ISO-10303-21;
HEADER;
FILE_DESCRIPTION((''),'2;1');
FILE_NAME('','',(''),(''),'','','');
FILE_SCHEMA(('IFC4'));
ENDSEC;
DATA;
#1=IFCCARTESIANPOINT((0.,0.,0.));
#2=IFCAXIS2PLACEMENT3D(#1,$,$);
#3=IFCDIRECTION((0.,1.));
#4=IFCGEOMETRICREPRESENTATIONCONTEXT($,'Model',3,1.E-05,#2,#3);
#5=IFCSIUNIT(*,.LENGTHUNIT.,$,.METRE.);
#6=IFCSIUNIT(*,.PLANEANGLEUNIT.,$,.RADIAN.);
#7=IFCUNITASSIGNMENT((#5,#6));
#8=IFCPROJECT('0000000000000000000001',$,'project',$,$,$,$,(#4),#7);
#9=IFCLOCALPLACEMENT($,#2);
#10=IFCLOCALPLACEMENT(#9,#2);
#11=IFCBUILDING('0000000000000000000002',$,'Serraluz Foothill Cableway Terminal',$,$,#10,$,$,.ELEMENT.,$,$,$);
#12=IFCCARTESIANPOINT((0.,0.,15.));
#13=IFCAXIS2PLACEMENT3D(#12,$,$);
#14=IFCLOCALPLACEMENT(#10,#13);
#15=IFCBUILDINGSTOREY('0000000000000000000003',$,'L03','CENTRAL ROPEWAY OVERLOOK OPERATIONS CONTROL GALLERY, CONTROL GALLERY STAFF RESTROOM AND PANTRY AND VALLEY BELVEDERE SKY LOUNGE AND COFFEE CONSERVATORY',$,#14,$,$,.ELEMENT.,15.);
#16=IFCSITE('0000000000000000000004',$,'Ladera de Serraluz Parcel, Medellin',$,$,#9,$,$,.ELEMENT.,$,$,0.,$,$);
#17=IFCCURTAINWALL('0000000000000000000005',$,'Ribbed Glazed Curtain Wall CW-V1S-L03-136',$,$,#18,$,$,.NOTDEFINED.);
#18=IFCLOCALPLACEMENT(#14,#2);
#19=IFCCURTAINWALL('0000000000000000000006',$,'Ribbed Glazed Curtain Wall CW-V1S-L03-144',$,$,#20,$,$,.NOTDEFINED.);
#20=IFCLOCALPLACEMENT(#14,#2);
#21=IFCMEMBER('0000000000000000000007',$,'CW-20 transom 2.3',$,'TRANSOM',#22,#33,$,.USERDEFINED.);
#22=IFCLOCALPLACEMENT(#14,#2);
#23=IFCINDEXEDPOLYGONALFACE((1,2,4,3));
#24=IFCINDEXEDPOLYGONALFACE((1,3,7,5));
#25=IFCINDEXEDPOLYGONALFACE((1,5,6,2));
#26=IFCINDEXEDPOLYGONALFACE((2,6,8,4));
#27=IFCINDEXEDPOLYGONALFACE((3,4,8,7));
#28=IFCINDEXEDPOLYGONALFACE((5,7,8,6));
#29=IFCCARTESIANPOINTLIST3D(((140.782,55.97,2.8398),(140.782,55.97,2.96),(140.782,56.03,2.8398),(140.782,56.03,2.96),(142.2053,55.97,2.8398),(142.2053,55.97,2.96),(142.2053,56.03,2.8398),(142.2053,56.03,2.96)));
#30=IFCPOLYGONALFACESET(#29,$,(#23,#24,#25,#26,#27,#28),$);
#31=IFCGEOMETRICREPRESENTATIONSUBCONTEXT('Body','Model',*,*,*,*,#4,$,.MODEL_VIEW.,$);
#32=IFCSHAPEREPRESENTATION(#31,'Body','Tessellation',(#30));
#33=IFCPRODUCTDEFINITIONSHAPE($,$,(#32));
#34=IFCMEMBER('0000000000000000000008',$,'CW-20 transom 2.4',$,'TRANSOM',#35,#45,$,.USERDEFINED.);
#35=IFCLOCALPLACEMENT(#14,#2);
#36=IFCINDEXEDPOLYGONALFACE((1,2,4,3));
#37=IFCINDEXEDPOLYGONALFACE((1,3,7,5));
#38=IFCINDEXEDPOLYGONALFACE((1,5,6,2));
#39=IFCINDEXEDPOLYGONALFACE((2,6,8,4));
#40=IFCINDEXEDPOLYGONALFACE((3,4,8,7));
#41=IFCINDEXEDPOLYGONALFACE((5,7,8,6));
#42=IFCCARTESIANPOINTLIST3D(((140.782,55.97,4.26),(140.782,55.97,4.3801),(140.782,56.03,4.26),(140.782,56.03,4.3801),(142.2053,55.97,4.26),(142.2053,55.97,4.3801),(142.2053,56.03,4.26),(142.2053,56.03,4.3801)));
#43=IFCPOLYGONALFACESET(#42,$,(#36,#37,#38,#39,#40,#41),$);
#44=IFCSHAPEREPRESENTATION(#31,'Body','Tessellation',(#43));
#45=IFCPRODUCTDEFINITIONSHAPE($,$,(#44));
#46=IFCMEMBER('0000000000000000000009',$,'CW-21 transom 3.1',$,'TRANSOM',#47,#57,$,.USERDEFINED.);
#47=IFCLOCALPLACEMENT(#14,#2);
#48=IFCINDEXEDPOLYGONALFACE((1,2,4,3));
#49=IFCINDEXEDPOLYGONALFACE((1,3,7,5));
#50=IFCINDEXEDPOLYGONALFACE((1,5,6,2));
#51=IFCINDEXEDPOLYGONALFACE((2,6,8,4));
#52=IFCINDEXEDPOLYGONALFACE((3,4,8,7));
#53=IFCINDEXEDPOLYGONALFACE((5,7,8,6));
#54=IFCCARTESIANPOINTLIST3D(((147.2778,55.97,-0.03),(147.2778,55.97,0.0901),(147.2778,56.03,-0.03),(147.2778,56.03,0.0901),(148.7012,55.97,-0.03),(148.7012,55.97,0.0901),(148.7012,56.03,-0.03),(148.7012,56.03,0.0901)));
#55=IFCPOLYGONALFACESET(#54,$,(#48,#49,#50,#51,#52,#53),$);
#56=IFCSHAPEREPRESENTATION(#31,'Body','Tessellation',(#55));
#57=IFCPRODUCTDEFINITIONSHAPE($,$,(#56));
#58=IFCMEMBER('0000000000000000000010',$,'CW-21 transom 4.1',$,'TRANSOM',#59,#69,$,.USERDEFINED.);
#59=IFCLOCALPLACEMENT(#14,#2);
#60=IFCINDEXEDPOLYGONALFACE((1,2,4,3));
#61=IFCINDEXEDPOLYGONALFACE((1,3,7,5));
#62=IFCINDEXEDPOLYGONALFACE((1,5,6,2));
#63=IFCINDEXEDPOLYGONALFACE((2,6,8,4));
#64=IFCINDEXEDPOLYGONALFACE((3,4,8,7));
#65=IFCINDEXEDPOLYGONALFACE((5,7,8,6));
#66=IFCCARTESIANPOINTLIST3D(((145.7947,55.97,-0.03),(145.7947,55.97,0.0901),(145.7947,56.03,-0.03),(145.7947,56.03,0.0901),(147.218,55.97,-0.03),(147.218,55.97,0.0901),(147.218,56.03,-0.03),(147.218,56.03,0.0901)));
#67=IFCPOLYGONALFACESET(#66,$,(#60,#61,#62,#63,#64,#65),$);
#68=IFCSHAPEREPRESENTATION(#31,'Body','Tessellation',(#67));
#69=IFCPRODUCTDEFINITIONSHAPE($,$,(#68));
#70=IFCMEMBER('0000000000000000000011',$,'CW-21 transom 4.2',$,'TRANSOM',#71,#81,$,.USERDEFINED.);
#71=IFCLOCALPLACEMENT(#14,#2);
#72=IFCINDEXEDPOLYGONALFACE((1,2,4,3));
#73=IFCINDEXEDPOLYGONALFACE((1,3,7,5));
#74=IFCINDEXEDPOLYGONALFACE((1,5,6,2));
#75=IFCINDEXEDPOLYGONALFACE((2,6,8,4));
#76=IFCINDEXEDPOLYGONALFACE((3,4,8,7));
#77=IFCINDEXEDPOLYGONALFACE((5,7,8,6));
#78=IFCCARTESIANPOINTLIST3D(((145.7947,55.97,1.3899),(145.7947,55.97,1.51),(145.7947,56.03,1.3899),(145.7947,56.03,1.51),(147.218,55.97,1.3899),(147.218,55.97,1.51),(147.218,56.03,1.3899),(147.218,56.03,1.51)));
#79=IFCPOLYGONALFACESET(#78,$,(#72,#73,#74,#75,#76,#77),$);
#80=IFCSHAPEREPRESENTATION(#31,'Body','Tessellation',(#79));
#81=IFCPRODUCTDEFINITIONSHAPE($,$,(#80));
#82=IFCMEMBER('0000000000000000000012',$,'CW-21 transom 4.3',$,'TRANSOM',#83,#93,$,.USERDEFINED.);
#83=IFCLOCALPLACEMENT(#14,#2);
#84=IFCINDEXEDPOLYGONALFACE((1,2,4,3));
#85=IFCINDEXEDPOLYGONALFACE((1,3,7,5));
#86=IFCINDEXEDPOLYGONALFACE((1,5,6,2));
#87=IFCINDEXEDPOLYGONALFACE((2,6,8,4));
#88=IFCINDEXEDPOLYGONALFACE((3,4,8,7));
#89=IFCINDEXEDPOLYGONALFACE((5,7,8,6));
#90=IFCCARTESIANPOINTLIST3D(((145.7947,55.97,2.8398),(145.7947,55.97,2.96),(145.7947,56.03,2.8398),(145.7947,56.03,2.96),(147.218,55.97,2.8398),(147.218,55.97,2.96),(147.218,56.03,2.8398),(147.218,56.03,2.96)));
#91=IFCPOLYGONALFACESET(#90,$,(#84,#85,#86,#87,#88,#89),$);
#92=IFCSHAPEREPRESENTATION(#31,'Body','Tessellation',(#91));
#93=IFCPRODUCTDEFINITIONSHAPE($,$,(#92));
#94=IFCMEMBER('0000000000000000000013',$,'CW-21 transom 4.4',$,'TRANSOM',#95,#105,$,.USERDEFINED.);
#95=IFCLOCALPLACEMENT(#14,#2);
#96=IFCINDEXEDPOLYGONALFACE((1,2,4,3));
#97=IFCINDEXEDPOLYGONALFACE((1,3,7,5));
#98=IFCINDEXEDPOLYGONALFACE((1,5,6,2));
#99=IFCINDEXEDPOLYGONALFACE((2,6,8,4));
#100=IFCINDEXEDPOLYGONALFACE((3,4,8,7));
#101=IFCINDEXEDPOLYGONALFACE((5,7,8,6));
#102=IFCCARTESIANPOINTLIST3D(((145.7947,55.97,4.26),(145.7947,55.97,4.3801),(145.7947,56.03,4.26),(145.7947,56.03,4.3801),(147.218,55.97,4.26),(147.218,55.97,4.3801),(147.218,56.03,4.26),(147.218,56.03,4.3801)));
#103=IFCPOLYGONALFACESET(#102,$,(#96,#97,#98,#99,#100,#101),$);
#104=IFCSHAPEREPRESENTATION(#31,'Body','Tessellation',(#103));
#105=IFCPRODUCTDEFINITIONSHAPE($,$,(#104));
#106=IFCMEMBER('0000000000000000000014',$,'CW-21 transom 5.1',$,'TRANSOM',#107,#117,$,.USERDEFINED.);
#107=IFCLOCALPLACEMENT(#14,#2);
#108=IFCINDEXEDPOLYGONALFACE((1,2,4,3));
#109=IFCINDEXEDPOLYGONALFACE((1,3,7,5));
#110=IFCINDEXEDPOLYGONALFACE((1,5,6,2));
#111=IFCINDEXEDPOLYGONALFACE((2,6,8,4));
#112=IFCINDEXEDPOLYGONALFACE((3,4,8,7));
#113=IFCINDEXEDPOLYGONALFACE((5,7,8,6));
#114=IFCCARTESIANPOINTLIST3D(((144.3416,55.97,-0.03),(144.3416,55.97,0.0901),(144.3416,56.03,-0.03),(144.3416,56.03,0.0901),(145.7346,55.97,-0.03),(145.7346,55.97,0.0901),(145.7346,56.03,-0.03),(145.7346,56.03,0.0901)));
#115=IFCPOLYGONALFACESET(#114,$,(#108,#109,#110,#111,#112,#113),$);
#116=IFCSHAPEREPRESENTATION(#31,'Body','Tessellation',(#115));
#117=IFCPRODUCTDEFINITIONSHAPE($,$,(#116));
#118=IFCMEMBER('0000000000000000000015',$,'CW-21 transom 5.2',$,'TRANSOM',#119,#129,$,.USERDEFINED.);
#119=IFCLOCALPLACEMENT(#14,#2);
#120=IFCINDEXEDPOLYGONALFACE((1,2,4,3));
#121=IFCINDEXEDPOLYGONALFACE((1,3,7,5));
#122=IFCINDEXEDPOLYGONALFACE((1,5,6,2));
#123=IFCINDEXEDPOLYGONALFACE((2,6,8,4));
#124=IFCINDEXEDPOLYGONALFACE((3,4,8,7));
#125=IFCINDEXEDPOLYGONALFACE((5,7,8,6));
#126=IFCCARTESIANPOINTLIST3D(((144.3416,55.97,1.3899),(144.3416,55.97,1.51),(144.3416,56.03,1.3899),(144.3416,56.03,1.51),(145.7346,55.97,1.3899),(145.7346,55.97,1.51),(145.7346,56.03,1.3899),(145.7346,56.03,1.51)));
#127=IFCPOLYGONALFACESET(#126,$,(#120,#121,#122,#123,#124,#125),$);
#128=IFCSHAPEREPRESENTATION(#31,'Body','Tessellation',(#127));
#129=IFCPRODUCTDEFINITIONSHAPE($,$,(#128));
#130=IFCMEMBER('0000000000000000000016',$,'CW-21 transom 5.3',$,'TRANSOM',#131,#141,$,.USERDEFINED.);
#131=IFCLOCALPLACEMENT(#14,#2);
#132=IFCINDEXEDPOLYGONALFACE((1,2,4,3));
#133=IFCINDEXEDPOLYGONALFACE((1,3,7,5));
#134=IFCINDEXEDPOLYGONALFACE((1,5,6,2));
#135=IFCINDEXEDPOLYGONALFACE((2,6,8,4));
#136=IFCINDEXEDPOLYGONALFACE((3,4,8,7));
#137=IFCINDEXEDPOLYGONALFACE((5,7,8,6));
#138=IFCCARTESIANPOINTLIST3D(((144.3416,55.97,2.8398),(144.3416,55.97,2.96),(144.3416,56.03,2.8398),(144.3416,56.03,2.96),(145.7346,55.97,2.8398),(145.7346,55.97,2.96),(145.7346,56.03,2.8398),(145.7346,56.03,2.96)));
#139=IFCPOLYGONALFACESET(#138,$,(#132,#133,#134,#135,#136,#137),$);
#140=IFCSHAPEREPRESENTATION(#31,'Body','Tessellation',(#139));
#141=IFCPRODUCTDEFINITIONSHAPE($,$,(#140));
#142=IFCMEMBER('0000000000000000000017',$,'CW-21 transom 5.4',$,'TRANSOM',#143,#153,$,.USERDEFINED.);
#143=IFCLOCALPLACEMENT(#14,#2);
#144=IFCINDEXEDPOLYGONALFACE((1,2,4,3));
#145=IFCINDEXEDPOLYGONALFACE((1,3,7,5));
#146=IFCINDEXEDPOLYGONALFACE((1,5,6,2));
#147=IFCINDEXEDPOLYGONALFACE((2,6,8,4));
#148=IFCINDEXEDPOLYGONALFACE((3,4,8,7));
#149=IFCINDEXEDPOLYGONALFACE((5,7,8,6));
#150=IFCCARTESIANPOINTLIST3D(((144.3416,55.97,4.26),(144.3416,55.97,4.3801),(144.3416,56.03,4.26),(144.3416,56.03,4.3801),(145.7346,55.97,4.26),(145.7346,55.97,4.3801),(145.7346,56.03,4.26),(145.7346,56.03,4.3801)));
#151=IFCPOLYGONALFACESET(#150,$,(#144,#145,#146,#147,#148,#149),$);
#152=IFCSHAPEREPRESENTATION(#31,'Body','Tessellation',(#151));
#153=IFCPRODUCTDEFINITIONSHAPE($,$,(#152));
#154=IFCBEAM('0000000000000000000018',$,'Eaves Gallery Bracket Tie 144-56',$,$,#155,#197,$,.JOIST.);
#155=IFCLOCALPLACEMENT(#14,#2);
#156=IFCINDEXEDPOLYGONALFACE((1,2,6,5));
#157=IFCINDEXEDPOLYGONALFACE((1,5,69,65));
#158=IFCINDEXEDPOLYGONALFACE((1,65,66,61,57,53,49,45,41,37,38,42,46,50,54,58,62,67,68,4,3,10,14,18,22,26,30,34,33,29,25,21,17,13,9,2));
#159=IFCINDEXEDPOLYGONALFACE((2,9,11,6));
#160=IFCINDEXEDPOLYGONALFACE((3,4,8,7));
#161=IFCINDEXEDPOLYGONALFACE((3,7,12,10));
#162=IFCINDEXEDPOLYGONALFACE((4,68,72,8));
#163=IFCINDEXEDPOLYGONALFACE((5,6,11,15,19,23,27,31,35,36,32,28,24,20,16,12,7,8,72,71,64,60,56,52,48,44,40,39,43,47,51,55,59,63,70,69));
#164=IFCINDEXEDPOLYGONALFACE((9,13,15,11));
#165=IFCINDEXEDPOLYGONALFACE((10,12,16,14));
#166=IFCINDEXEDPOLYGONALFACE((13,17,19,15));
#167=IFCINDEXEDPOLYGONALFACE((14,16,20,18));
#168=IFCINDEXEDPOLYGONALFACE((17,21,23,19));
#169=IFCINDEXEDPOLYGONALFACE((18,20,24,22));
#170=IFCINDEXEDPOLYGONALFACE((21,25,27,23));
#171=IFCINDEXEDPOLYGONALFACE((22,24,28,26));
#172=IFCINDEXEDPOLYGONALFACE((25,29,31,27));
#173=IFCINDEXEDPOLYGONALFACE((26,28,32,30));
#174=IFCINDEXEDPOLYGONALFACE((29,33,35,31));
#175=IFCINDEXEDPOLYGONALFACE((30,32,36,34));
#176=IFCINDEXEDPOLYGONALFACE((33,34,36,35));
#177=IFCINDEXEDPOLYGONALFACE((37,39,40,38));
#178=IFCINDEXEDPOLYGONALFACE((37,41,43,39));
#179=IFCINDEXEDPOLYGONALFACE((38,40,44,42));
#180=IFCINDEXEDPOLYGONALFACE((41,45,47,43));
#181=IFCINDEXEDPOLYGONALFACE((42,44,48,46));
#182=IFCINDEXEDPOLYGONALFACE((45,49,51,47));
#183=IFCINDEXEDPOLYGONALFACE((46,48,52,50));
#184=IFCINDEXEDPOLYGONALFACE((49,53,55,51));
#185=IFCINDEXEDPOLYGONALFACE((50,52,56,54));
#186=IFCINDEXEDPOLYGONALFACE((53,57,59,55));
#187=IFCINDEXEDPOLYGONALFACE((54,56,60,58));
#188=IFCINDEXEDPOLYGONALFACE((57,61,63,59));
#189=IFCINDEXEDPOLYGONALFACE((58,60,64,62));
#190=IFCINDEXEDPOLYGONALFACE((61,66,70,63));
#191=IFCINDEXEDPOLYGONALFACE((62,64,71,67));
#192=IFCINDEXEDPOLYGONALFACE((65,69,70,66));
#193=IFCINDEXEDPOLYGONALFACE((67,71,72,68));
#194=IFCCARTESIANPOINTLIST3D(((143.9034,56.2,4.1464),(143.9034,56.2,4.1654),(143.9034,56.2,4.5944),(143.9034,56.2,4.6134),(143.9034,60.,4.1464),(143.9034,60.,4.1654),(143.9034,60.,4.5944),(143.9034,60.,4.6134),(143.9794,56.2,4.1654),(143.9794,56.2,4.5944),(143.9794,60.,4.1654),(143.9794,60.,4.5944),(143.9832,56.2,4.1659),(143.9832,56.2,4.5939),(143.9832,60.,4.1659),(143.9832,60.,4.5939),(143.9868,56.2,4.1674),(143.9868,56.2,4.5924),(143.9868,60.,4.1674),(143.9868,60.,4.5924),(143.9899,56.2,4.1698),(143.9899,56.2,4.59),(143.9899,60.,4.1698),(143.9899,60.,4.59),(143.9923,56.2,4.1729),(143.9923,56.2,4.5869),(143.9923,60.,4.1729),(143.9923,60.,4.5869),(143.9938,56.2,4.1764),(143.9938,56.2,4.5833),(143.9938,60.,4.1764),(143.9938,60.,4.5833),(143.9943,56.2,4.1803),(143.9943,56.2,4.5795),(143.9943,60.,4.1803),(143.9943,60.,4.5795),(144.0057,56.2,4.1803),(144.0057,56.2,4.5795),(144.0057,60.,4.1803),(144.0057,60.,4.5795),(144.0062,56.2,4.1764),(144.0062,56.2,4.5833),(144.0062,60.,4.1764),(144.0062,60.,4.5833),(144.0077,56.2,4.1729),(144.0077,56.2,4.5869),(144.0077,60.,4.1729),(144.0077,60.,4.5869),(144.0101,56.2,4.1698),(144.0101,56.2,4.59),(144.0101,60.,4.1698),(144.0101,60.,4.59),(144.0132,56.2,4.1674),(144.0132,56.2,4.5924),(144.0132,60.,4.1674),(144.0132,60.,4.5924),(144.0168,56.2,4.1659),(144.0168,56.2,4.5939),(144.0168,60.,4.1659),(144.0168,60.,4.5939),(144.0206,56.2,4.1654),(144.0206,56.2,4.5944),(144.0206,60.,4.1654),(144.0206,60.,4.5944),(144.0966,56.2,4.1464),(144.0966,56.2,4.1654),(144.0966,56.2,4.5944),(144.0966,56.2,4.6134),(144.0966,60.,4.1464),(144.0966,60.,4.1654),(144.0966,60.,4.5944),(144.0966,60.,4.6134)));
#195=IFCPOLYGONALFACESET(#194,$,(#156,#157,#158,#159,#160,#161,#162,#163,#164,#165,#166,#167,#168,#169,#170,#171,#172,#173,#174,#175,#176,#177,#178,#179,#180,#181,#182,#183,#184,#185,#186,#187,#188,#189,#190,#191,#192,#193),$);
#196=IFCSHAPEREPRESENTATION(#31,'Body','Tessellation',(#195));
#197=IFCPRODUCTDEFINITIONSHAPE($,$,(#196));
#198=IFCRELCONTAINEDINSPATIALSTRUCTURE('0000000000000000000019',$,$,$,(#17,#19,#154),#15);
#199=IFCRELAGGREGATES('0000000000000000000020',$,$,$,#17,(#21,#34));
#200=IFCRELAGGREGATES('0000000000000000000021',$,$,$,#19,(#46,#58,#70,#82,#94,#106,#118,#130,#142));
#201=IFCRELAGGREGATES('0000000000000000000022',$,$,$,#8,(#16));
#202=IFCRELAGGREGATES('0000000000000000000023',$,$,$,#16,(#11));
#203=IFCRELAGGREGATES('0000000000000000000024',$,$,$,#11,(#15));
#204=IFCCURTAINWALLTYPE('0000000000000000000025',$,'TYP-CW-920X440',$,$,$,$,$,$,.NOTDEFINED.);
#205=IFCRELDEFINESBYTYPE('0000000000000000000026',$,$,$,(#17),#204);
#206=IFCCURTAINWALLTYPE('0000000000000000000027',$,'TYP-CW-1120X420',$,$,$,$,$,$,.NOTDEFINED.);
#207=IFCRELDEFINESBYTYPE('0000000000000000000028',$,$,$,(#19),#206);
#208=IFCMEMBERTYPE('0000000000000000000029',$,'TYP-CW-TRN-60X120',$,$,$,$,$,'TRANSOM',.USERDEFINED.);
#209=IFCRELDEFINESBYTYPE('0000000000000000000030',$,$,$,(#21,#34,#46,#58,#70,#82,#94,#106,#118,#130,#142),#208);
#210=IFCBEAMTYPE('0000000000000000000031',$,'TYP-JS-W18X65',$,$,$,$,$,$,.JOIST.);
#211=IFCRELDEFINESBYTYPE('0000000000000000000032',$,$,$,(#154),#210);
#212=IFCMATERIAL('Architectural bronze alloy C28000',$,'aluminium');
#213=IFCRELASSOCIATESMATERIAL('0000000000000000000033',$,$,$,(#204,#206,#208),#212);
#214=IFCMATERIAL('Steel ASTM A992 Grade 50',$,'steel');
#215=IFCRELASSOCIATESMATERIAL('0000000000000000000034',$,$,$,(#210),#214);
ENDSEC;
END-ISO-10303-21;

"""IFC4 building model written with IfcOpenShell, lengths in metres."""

from ifc_helpers import new_model, si_unit, direction, frame, origin, origin_2d, place, context, subcontext, project, spatial, rectangle, i_section, extrude, material, material_profile, profile_set, type_object, element, aggregate, save


model = new_model("IFC4")

# Units and contexts
model_context = context("Model", 3, precision=1e-05, world=origin(), true_north=direction((0.0, 1.0)))
body_context = subcontext(model_context, "Body", "Model", "MODEL_VIEW")
ifc_project = project(units=[si_unit("LENGTHUNIT", "METRE"), si_unit("PLANEANGLEUNIT", "RADIAN")], contexts=[model_context])

# Site, building, storey
site_placement = place(None, origin())
site = spatial("IfcSite", under=ifc_project, at=site_placement, Name="Ladera de Serraluz Parcel, Medellin", CompositionType="ELEMENT", RefElevation=0.0)
building_placement = place(site_placement, origin())
building = spatial("IfcBuilding", under=site, at=building_placement, Name="Serraluz Foothill Cableway Terminal", CompositionType="ELEMENT")
storey_placement = place(building_placement, frame((0.0, 0.0, 15.0)))
storey = spatial("IfcBuildingStorey", under=building, at=storey_placement, Name="L03", Description="CENTRAL ROPEWAY OVERLOOK OPERATIONS CONTROL GALLERY, CONTROL GALLERY STAFF RESTROOM AND PANTRY AND VALLEY BELVEDERE SKY LOUNGE AND COFFEE CONSERVATORY", CompositionType="ELEMENT", Elevation=15.0)

# Shared definitions
ifc_material_1 = material(Name="Steel ASTM A992 Grade 50", Category="steel")

# Curtain walls
ifc_material_2 = material(Name="Architectural bronze alloy C28000", Category="aluminium")
curtain_wall_type_1 = type_object("IfcCurtainWallType", Name="TYP-CW-920X440", PredefinedType="NOTDEFINED", material=ifc_material_2)
curtain_wall_1_placement = place(storey_placement, origin())
curtain_wall_1 = element("IfcCurtainWall", 1, at=curtain_wall_1_placement, inside=storey, type_object=curtain_wall_type_1, Name="Ribbed Glazed Curtain Wall CW-V1S-L03-136", PredefinedType="NOTDEFINED")
curtain_wall_type_2 = type_object("IfcCurtainWallType", Name="TYP-CW-1120X420", PredefinedType="NOTDEFINED", material=ifc_material_2)
curtain_wall_2_placement = place(storey_placement, origin())
curtain_wall_2 = element("IfcCurtainWall", 2, at=curtain_wall_2_placement, inside=storey, type_object=curtain_wall_type_2, Name="Ribbed Glazed Curtain Wall CW-V1S-L03-144", PredefinedType="NOTDEFINED")

# Members
ifc_material_profile_1 = material_profile(ifc_material_2, rectangle(XDim=0.0601, YDim=0.1201, at=origin_2d()), Name="ALU TRANSOM 60x120")
ifc_profile_set_1 = profile_set([ifc_material_profile_1], Name="Architectural bronze alloy C28000")
member_type_1 = type_object("IfcMemberType", Name="TYP-CW-TRN-60X120", ElementType="TRANSOM", PredefinedType="USERDEFINED", material=ifc_profile_set_1)
member_1_placement = place(storey_placement, frame((142.2053, 56.0, 2.8999), z_axis=(-1.0, 0.0, 0.0), x_axis=(0.0, -1.0, 0.0)))
member_1 = element("IfcMember", 3, at=member_1_placement, type_object=member_type_1, Name="CW-20 transom 2.3", ObjectType="TRANSOM", PredefinedType="USERDEFINED", context=body_context, shape_type="SweptSolid", body=[
    extrude(rectangle(XDim=0.0601, YDim=0.1201, at=origin_2d()), origin(), (0.0, 0.0, 1.0), 1.4233),
])
member_2_placement = place(storey_placement, frame((142.2053, 56.0, 4.3201), z_axis=(-1.0, 0.0, 0.0), x_axis=(0.0, -1.0, 0.0)))
member_2 = element("IfcMember", 4, at=member_2_placement, type_object=member_type_1, Name="CW-20 transom 2.4", ObjectType="TRANSOM", PredefinedType="USERDEFINED", context=body_context, shape_type="SweptSolid", body=[
    extrude(rectangle(XDim=0.0601, YDim=0.1201, at=origin_2d()), origin(), (0.0, 0.0, 1.0), 1.4233),
])
member_3_placement = place(storey_placement, frame((148.7012, 56.0, 0.03), z_axis=(-1.0, 0.0, 0.0), x_axis=(0.0, -1.0, 0.0)))
member_3 = element("IfcMember", 5, at=member_3_placement, type_object=member_type_1, Name="CW-21 transom 3.1", ObjectType="TRANSOM", PredefinedType="USERDEFINED", context=body_context, shape_type="SweptSolid", body=[
    extrude(rectangle(XDim=0.0601, YDim=0.1201, at=origin_2d()), origin(), (0.0, 0.0, 1.0), 1.4233),
])
member_4_placement = place(storey_placement, frame((147.218, 56.0, 0.03), z_axis=(-1.0, 0.0, 0.0), x_axis=(0.0, -1.0, 0.0)))
member_4 = element("IfcMember", 6, at=member_4_placement, type_object=member_type_1, Name="CW-21 transom 4.1", ObjectType="TRANSOM", PredefinedType="USERDEFINED", context=body_context, shape_type="SweptSolid", body=[
    extrude(rectangle(XDim=0.0601, YDim=0.1201, at=origin_2d()), origin(), (0.0, 0.0, 1.0), 1.4233),
])
member_5_placement = place(storey_placement, frame((147.218, 56.0, 1.45), z_axis=(-1.0, 0.0, 0.0), x_axis=(0.0, -1.0, 0.0)))
member_5 = element("IfcMember", 7, at=member_5_placement, type_object=member_type_1, Name="CW-21 transom 4.2", ObjectType="TRANSOM", PredefinedType="USERDEFINED", context=body_context, shape_type="SweptSolid", body=[
    extrude(rectangle(XDim=0.0601, YDim=0.1201, at=origin_2d()), origin(), (0.0, 0.0, 1.0), 1.4233),
])
member_6_placement = place(storey_placement, frame((147.218, 56.0, 2.8999), z_axis=(-1.0, 0.0, 0.0), x_axis=(0.0, -1.0, 0.0)))
member_6 = element("IfcMember", 8, at=member_6_placement, type_object=member_type_1, Name="CW-21 transom 4.3", ObjectType="TRANSOM", PredefinedType="USERDEFINED", context=body_context, shape_type="SweptSolid", body=[
    extrude(rectangle(XDim=0.0601, YDim=0.1201, at=origin_2d()), origin(), (0.0, 0.0, 1.0), 1.4233),
])
member_7_placement = place(storey_placement, frame((147.218, 56.0, 4.3201), z_axis=(-1.0, 0.0, 0.0), x_axis=(0.0, -1.0, 0.0)))
member_7 = element("IfcMember", 9, at=member_7_placement, type_object=member_type_1, Name="CW-21 transom 4.4", ObjectType="TRANSOM", PredefinedType="USERDEFINED", context=body_context, shape_type="SweptSolid", body=[
    extrude(rectangle(XDim=0.0601, YDim=0.1201, at=origin_2d()), origin(), (0.0, 0.0, 1.0), 1.4233),
])
member_8_placement = place(storey_placement, frame((145.7346, 56.0, 0.03), z_axis=(-1.0, 0.0, 0.0), x_axis=(0.0, -1.0, 0.0)))
member_8 = element("IfcMember", 10, at=member_8_placement, type_object=member_type_1, Name="CW-21 transom 5.1", ObjectType="TRANSOM", PredefinedType="USERDEFINED", context=body_context, shape_type="SweptSolid", body=[
    extrude(rectangle(XDim=0.0601, YDim=0.1201, at=origin_2d()), origin(), (0.0, 0.0, 1.0), 1.3931),
])
member_9_placement = place(storey_placement, frame((145.7346, 56.0, 1.45), z_axis=(-1.0, 0.0, 0.0), x_axis=(0.0, -1.0, 0.0)))
member_9 = element("IfcMember", 11, at=member_9_placement, type_object=member_type_1, Name="CW-21 transom 5.2", ObjectType="TRANSOM", PredefinedType="USERDEFINED", context=body_context, shape_type="SweptSolid", body=[
    extrude(rectangle(XDim=0.0601, YDim=0.1201, at=origin_2d()), origin(), (0.0, 0.0, 1.0), 1.3931),
])
member_10_placement = place(storey_placement, frame((145.7346, 56.0, 2.8999), z_axis=(-1.0, 0.0, 0.0), x_axis=(0.0, -1.0, 0.0)))
member_10 = element("IfcMember", 12, at=member_10_placement, type_object=member_type_1, Name="CW-21 transom 5.3", ObjectType="TRANSOM", PredefinedType="USERDEFINED", context=body_context, shape_type="SweptSolid", body=[
    extrude(rectangle(XDim=0.0601, YDim=0.1201, at=origin_2d()), origin(), (0.0, 0.0, 1.0), 1.3931),
])
member_11_placement = place(storey_placement, frame((145.7346, 56.0, 4.3201), z_axis=(-1.0, 0.0, 0.0), x_axis=(0.0, -1.0, 0.0)))
member_11 = element("IfcMember", 13, at=member_11_placement, type_object=member_type_1, Name="CW-21 transom 5.4", ObjectType="TRANSOM", PredefinedType="USERDEFINED", context=body_context, shape_type="SweptSolid", body=[
    extrude(rectangle(XDim=0.0601, YDim=0.1201, at=origin_2d()), origin(), (0.0, 0.0, 1.0), 1.3931),
])

# Beam
ifc_material_profile_2 = material_profile(ifc_material_1, i_section(OverallWidth=0.1931, OverallDepth=0.467, WebThickness=0.0115, FlangeThickness=0.019, FilletRadius=0.0149, at=origin_2d()), Name="W18X65")
ifc_profile_set_2 = profile_set([ifc_material_profile_2], Name="Steel ASTM A992 Grade 50")
beam_type_1 = type_object("IfcBeamType", Name="TYP-JS-W18X65", PredefinedType="JOIST", material=ifc_profile_set_2)
beam_1_placement = place(storey_placement, frame((144.0, 56.2, 4.3799), z_axis=(0.0, 1.0, 0.0), x_axis=(-1.0, 0.0, 0.0)))
element("IfcBeam", 14, at=beam_1_placement, inside=storey, type_object=beam_type_1, Name="Eaves Gallery Bracket Tie 144-56", PredefinedType="JOIST", context=body_context, shape_type="SweptSolid", body=[
    extrude(i_section(OverallWidth=0.1931, OverallDepth=0.467, WebThickness=0.0115, FlangeThickness=0.019, FilletRadius=0.0149, at=origin_2d()), origin(), (0.0, 0.0, 1.0), 3.8),
])

aggregate(curtain_wall_1, [member_1, member_2])
aggregate(curtain_wall_2, [member_3, member_4, member_5, member_6, member_7, member_8, member_9, member_10, member_11])

save(model, "model.ifc")
